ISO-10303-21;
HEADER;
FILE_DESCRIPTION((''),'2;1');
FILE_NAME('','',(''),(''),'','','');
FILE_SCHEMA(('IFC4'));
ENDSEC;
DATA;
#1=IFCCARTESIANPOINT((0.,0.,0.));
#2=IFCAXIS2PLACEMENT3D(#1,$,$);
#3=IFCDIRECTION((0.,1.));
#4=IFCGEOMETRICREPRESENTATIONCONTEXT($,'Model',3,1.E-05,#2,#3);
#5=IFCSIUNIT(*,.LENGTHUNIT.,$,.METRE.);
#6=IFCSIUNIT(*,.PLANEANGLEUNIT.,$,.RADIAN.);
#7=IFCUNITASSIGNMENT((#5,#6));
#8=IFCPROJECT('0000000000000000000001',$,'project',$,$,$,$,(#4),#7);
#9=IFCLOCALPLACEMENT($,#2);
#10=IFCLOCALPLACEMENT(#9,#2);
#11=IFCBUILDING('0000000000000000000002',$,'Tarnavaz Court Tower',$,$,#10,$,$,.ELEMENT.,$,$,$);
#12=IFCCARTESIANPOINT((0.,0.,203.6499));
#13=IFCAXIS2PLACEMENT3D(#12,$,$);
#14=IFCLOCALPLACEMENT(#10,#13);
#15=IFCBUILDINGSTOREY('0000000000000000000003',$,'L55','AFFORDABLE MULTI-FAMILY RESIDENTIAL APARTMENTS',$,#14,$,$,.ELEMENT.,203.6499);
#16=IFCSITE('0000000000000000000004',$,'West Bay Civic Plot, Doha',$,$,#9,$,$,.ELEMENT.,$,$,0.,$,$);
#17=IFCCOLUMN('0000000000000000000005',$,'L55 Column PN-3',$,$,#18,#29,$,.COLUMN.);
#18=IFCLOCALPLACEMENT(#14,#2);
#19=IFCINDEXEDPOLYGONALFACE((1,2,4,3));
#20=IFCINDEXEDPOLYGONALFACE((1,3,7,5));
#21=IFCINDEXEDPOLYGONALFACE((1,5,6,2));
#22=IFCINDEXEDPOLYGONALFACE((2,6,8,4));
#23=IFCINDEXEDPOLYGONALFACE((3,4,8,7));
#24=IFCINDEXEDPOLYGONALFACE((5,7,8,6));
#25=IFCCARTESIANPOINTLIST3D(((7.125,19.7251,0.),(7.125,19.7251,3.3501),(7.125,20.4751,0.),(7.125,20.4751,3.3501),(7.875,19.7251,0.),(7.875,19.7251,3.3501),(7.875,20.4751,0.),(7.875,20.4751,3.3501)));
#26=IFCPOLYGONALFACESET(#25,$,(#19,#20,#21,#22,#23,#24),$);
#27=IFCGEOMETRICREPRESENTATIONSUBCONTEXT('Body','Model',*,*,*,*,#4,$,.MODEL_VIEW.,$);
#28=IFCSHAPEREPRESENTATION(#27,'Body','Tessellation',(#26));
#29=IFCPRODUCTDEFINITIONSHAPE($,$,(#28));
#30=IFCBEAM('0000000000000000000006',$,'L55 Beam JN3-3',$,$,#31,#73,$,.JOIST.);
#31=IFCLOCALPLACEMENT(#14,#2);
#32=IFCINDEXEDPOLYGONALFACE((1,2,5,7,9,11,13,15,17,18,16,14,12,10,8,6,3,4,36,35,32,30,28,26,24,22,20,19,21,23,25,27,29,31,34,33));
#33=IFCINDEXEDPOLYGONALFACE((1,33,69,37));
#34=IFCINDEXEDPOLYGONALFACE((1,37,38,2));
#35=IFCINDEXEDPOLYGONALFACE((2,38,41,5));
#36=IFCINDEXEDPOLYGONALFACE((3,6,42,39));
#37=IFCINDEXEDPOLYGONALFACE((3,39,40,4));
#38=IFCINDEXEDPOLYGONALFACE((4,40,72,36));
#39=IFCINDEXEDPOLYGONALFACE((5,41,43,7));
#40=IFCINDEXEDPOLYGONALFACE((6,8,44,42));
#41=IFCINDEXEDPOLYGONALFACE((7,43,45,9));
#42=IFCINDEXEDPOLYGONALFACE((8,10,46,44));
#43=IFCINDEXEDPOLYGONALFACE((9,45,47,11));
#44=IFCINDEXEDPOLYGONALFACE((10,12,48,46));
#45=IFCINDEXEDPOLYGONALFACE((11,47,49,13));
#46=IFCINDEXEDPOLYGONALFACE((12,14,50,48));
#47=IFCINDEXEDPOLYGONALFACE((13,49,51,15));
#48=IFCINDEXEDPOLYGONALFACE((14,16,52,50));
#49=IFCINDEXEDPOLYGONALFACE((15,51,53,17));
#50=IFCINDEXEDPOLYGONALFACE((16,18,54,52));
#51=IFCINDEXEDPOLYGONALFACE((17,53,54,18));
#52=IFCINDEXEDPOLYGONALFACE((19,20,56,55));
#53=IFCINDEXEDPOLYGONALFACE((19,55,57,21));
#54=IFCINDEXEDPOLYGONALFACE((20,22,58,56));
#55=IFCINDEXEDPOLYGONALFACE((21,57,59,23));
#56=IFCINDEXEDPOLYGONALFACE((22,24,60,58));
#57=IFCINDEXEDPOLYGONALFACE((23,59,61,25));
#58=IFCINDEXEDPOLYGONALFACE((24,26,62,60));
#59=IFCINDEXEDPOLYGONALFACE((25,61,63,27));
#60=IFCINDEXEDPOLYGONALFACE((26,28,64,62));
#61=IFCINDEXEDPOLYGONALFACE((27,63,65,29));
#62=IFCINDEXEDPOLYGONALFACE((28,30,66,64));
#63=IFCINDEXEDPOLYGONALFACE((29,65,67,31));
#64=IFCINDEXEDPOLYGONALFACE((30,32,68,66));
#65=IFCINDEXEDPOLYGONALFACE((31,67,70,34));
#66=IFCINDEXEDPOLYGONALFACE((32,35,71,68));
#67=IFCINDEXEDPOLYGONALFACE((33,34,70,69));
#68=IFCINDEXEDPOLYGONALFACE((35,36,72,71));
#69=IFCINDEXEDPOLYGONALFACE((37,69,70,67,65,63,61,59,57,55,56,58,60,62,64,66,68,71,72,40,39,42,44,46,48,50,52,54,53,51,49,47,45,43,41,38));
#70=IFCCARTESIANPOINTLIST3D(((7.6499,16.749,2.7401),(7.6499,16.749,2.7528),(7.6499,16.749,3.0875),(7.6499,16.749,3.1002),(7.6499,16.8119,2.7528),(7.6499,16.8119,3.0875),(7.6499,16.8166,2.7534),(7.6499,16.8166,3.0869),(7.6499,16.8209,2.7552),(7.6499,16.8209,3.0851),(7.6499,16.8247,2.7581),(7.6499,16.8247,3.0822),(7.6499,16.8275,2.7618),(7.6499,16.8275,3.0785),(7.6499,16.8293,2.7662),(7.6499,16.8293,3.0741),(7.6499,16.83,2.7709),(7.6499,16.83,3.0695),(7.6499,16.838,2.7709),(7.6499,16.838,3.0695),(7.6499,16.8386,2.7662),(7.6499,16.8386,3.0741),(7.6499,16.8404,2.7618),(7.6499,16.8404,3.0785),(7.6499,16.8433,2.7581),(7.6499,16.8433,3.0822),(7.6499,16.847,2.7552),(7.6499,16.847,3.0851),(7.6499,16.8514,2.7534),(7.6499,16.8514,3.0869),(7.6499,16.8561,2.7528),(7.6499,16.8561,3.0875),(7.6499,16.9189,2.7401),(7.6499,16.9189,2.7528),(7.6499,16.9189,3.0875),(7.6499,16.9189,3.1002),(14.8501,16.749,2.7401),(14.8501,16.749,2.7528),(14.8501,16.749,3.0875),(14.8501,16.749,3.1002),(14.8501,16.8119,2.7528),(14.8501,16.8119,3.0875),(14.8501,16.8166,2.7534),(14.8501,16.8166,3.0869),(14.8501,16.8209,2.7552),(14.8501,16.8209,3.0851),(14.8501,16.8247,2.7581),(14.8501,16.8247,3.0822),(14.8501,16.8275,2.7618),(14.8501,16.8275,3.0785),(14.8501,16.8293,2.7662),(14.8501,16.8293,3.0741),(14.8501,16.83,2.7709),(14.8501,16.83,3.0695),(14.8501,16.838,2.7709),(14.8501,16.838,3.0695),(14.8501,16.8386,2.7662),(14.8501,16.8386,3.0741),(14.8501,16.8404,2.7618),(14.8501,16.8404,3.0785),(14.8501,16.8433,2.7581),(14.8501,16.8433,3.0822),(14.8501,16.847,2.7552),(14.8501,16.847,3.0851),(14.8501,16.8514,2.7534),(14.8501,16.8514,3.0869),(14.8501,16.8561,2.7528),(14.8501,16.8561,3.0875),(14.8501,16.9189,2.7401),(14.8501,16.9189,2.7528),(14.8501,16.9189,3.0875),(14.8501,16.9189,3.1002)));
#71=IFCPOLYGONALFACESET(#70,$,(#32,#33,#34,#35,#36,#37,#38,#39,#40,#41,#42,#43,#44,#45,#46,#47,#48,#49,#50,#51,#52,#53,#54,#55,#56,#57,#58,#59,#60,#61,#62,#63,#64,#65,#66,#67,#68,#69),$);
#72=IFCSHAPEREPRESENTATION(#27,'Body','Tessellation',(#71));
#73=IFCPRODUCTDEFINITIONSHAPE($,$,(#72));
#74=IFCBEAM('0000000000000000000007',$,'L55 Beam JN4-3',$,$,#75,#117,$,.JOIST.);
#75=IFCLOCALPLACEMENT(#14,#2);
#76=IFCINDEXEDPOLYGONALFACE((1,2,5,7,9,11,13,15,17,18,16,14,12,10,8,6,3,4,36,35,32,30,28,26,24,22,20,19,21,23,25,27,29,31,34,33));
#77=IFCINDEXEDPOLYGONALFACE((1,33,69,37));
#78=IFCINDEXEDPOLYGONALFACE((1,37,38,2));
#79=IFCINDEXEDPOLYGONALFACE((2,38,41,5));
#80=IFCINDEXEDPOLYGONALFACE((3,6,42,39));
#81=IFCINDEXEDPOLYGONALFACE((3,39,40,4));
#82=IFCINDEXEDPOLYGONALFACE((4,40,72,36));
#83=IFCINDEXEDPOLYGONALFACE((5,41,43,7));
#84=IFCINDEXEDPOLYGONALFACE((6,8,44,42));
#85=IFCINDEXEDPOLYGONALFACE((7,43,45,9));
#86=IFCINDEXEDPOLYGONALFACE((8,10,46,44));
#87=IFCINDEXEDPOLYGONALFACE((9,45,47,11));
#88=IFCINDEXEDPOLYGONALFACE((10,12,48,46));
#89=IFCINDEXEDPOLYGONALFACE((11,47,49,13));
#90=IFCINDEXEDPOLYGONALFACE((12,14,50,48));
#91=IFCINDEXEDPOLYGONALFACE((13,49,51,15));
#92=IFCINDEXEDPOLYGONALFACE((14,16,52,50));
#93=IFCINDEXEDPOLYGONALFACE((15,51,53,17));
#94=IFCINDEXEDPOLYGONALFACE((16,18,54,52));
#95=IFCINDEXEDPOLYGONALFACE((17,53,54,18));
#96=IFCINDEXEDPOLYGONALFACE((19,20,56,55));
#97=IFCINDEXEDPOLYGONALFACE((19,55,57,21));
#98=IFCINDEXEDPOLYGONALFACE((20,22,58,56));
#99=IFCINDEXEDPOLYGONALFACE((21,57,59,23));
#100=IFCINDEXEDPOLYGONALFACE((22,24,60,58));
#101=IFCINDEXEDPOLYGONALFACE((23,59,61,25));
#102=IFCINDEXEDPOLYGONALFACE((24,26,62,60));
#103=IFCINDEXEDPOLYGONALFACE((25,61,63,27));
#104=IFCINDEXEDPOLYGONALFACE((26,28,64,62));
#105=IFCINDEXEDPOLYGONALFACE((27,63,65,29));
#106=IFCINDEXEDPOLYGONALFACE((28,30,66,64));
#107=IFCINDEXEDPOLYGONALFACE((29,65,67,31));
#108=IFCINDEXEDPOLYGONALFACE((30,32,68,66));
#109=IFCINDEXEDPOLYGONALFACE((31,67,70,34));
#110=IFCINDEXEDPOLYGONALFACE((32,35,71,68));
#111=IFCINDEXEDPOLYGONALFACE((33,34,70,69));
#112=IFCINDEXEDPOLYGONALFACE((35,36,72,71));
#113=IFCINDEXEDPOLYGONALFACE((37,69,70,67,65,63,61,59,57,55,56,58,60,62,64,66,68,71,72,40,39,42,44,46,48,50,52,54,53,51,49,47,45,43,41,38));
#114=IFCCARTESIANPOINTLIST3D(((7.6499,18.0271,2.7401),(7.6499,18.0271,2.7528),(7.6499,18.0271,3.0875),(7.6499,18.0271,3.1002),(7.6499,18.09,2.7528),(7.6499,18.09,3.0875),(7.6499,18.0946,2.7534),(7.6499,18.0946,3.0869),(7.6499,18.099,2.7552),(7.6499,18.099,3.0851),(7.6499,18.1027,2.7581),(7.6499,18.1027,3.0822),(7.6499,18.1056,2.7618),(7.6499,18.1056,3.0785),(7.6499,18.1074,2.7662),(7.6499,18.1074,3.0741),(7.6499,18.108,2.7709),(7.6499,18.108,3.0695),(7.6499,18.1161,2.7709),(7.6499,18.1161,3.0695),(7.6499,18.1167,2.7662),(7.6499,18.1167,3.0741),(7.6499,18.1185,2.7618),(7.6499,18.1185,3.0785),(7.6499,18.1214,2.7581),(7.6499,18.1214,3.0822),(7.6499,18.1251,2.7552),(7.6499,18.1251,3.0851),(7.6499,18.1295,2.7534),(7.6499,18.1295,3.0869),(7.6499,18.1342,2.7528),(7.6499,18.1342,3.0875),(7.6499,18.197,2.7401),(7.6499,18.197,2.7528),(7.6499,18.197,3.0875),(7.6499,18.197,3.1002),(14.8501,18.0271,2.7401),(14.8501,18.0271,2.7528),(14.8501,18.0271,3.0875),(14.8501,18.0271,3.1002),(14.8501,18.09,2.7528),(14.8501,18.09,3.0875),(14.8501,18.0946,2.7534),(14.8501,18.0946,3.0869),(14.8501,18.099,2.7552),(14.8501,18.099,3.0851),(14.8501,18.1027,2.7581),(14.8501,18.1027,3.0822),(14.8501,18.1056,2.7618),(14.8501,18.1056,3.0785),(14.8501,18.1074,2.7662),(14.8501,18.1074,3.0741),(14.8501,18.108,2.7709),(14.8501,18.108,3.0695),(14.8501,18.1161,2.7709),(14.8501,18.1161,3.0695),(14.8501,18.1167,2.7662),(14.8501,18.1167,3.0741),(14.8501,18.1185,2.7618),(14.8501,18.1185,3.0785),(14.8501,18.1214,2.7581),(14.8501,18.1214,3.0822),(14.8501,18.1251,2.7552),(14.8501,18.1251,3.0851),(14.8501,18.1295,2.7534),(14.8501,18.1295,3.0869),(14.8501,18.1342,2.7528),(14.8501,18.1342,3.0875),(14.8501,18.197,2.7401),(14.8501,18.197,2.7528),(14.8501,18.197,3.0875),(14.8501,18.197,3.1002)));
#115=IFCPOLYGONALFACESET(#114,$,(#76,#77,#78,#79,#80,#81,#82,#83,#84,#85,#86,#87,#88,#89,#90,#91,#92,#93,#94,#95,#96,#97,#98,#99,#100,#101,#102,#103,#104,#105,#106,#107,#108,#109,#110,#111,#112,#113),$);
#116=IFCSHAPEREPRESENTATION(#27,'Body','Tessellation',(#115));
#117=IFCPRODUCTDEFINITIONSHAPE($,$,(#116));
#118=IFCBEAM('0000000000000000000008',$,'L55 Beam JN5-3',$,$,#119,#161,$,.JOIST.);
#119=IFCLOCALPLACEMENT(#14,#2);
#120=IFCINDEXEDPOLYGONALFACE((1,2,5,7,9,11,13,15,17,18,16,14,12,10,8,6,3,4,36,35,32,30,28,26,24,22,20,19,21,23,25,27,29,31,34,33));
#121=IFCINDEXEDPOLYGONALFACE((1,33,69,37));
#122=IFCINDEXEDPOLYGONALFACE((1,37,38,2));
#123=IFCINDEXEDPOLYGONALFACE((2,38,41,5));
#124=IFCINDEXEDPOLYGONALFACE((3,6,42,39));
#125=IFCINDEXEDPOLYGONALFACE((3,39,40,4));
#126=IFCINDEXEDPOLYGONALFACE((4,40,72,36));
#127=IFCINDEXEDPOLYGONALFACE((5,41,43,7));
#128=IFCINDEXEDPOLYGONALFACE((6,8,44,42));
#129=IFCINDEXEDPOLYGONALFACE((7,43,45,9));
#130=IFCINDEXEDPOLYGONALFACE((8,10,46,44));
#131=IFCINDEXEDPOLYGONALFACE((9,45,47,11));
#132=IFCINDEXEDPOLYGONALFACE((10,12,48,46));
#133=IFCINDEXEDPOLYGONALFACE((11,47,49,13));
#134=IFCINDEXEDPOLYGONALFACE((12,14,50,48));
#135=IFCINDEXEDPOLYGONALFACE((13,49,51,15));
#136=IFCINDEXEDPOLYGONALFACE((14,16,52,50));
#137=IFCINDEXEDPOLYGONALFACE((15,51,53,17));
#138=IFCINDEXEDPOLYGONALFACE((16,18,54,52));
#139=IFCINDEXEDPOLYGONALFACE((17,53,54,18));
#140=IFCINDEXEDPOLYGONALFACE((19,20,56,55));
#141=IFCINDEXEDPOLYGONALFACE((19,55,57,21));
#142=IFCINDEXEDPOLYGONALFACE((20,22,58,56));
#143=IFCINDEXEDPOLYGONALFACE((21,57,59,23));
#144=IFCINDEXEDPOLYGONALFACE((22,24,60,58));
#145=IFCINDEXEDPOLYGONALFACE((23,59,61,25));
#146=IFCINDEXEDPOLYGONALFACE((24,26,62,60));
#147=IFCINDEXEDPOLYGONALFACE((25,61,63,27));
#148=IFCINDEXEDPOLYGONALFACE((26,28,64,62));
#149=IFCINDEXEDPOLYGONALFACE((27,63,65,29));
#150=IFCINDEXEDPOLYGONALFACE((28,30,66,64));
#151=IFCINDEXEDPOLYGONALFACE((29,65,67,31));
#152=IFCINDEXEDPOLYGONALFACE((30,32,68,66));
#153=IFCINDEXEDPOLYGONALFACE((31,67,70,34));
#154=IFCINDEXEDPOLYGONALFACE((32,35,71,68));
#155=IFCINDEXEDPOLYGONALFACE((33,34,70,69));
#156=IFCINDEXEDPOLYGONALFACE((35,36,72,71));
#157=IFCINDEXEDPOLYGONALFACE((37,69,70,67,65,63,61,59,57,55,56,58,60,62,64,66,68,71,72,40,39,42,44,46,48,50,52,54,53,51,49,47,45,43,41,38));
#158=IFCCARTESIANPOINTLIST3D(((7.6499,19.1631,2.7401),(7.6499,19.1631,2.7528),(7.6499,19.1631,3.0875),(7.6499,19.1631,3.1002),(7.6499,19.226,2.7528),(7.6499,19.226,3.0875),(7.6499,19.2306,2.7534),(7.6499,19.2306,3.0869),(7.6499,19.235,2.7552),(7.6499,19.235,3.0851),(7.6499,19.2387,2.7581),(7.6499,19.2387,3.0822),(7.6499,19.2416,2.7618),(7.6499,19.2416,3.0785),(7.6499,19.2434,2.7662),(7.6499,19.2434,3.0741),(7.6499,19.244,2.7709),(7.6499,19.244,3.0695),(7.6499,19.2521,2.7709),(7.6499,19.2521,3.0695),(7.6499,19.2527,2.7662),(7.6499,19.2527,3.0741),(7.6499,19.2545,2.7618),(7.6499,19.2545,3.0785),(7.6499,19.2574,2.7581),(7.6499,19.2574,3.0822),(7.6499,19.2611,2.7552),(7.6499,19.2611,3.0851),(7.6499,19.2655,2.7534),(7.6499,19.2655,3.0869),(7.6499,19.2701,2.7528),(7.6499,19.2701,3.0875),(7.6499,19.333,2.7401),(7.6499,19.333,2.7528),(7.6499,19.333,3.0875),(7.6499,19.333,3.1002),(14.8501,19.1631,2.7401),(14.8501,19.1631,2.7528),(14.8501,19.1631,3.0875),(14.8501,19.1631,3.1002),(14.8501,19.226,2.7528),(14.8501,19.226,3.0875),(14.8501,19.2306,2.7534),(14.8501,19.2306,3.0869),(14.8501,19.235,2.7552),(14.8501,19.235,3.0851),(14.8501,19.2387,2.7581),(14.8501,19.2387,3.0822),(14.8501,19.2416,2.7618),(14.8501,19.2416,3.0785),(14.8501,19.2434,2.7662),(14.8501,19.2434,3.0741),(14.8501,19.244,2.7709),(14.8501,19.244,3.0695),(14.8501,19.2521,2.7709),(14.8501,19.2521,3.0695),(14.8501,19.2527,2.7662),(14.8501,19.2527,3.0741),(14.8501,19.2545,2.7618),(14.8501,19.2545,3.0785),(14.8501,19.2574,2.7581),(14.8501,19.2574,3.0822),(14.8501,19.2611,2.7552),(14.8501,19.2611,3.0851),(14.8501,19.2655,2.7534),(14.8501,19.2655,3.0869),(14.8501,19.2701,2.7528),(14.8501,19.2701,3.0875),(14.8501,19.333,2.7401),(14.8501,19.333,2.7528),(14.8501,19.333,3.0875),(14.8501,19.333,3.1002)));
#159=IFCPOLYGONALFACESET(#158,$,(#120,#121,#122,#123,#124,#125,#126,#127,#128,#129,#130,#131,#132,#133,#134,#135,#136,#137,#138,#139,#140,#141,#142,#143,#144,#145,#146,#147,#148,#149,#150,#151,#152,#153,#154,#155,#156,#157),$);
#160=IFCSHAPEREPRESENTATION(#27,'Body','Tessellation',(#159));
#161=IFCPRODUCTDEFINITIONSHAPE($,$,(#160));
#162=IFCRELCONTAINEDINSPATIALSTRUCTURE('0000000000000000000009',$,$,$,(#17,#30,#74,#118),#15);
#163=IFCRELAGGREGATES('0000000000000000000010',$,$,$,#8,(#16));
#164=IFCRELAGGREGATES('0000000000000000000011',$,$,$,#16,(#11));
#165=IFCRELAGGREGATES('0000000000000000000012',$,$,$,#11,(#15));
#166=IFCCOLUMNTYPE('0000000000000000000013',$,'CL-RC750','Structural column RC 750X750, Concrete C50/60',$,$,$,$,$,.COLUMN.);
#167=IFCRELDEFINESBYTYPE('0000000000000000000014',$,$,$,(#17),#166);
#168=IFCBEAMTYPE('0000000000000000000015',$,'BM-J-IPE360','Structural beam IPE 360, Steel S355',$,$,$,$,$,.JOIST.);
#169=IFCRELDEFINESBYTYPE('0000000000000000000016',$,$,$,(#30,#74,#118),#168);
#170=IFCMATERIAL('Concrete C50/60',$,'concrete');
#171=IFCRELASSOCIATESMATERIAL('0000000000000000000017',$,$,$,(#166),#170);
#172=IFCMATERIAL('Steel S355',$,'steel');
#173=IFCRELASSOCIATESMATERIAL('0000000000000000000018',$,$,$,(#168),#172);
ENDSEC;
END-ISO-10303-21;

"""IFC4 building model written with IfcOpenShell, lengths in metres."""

from ifc_helpers import new_model, si_unit, direction, frame, origin, origin_2d, place, context, subcontext, project, spatial, rectangle, i_section, extrude, material, material_profile, profile_set, type_object, element, save


model = new_model("IFC4")

# Units and contexts
model_context = context("Model", 3, precision=1e-05, world=origin(), true_north=direction((0.0, 1.0)))
body_context = subcontext(model_context, "Body", "Model", "MODEL_VIEW")
ifc_project = project(units=[si_unit("LENGTHUNIT", "METRE"), si_unit("PLANEANGLEUNIT", "RADIAN")], contexts=[model_context])

# Site, building, storey
site_placement = place(None, origin())
site = spatial("IfcSite", under=ifc_project, at=site_placement, Name="West Bay Civic Plot, Doha", CompositionType="ELEMENT", RefElevation=0.0)
building_placement = place(site_placement, origin())
building = spatial("IfcBuilding", under=site, at=building_placement, Name="Tarnavaz Court Tower", CompositionType="ELEMENT")
storey_placement = place(building_placement, frame((0.0, 0.0, 203.6499)))
storey = spatial("IfcBuildingStorey", under=building, at=storey_placement, Name="L55", Description="AFFORDABLE MULTI-FAMILY RESIDENTIAL APARTMENTS", CompositionType="ELEMENT", Elevation=203.6499)

# Column
ifc_material_1 = material(Name="Concrete C50/60", Category="concrete")
ifc_material_profile_1 = material_profile(ifc_material_1, rectangle(XDim=0.75, YDim=0.75, at=origin_2d()), Name="RC 750X750")
ifc_profile_set_1 = profile_set([ifc_material_profile_1], Name="Concrete C50/60")
column_type = type_object("IfcColumnType", Name="CL-RC750", Description="Structural column RC 750X750, Concrete C50/60", PredefinedType="COLUMN", material=ifc_profile_set_1)
column_placement = place(storey_placement, frame((7.5, 20.1001, 0.0), z_axis=(0.0, 0.0, 1.0), x_axis=(1.0, 0.0, 0.0)))
element("IfcColumn", 1, at=column_placement, inside=storey, type_object=column_type, Name="L55 Column PN-3", PredefinedType="COLUMN", context=body_context, shape_type="SweptSolid", body=[
    extrude(rectangle(XDim=0.75, YDim=0.75, at=origin_2d()), origin(), (0.0, 0.0, 1.0), 3.3501),
])

# Beams
ifc_material_2 = material(Name="Steel S355", Category="steel")
ifc_material_profile_2 = material_profile(ifc_material_2, i_section(OverallWidth=0.1699, OverallDepth=0.3601, WebThickness=0.0081, FlangeThickness=0.0127, FilletRadius=0.0181, at=origin_2d()), Name="IPE 360")
ifc_profile_set_2 = profile_set([ifc_material_profile_2], Name="Steel S355")
beam_type_1 = type_object("IfcBeamType", Name="BM-J-IPE360", Description="Structural beam IPE 360, Steel S355", PredefinedType="JOIST", material=ifc_profile_set_2)
for number, where, z_axis, x_axis, name in (
    (2, (7.6499, 16.834, 2.9202), (1.0, 0.0, 0.0), (0.0, 1.0, 0.0), "L55 Beam JN3-3"),
    (3, (7.6499, 18.1121, 2.9202), (1.0, 0.0, 0.0), (0.0, 1.0, 0.0), "L55 Beam JN4-3"),
    (4, (7.6499, 19.248, 2.9202), (1.0, 0.0, 0.0), (0.0, 1.0, 0.0), "L55 Beam JN5-3"),
):
    element("IfcBeam", number, at=place(storey_placement, frame(where, z_axis=z_axis, x_axis=x_axis)), inside=storey, type_object=beam_type_1, Name=name, PredefinedType="JOIST", context=body_context, shape_type="SweptSolid", body=[
        extrude(i_section(OverallWidth=0.1699, OverallDepth=0.3601, WebThickness=0.0081, FlangeThickness=0.0127, FilletRadius=0.0181, at=origin_2d()), origin(), (0.0, 0.0, 1.0), 7.2002),
    ])

save(model, "model.ifc")
